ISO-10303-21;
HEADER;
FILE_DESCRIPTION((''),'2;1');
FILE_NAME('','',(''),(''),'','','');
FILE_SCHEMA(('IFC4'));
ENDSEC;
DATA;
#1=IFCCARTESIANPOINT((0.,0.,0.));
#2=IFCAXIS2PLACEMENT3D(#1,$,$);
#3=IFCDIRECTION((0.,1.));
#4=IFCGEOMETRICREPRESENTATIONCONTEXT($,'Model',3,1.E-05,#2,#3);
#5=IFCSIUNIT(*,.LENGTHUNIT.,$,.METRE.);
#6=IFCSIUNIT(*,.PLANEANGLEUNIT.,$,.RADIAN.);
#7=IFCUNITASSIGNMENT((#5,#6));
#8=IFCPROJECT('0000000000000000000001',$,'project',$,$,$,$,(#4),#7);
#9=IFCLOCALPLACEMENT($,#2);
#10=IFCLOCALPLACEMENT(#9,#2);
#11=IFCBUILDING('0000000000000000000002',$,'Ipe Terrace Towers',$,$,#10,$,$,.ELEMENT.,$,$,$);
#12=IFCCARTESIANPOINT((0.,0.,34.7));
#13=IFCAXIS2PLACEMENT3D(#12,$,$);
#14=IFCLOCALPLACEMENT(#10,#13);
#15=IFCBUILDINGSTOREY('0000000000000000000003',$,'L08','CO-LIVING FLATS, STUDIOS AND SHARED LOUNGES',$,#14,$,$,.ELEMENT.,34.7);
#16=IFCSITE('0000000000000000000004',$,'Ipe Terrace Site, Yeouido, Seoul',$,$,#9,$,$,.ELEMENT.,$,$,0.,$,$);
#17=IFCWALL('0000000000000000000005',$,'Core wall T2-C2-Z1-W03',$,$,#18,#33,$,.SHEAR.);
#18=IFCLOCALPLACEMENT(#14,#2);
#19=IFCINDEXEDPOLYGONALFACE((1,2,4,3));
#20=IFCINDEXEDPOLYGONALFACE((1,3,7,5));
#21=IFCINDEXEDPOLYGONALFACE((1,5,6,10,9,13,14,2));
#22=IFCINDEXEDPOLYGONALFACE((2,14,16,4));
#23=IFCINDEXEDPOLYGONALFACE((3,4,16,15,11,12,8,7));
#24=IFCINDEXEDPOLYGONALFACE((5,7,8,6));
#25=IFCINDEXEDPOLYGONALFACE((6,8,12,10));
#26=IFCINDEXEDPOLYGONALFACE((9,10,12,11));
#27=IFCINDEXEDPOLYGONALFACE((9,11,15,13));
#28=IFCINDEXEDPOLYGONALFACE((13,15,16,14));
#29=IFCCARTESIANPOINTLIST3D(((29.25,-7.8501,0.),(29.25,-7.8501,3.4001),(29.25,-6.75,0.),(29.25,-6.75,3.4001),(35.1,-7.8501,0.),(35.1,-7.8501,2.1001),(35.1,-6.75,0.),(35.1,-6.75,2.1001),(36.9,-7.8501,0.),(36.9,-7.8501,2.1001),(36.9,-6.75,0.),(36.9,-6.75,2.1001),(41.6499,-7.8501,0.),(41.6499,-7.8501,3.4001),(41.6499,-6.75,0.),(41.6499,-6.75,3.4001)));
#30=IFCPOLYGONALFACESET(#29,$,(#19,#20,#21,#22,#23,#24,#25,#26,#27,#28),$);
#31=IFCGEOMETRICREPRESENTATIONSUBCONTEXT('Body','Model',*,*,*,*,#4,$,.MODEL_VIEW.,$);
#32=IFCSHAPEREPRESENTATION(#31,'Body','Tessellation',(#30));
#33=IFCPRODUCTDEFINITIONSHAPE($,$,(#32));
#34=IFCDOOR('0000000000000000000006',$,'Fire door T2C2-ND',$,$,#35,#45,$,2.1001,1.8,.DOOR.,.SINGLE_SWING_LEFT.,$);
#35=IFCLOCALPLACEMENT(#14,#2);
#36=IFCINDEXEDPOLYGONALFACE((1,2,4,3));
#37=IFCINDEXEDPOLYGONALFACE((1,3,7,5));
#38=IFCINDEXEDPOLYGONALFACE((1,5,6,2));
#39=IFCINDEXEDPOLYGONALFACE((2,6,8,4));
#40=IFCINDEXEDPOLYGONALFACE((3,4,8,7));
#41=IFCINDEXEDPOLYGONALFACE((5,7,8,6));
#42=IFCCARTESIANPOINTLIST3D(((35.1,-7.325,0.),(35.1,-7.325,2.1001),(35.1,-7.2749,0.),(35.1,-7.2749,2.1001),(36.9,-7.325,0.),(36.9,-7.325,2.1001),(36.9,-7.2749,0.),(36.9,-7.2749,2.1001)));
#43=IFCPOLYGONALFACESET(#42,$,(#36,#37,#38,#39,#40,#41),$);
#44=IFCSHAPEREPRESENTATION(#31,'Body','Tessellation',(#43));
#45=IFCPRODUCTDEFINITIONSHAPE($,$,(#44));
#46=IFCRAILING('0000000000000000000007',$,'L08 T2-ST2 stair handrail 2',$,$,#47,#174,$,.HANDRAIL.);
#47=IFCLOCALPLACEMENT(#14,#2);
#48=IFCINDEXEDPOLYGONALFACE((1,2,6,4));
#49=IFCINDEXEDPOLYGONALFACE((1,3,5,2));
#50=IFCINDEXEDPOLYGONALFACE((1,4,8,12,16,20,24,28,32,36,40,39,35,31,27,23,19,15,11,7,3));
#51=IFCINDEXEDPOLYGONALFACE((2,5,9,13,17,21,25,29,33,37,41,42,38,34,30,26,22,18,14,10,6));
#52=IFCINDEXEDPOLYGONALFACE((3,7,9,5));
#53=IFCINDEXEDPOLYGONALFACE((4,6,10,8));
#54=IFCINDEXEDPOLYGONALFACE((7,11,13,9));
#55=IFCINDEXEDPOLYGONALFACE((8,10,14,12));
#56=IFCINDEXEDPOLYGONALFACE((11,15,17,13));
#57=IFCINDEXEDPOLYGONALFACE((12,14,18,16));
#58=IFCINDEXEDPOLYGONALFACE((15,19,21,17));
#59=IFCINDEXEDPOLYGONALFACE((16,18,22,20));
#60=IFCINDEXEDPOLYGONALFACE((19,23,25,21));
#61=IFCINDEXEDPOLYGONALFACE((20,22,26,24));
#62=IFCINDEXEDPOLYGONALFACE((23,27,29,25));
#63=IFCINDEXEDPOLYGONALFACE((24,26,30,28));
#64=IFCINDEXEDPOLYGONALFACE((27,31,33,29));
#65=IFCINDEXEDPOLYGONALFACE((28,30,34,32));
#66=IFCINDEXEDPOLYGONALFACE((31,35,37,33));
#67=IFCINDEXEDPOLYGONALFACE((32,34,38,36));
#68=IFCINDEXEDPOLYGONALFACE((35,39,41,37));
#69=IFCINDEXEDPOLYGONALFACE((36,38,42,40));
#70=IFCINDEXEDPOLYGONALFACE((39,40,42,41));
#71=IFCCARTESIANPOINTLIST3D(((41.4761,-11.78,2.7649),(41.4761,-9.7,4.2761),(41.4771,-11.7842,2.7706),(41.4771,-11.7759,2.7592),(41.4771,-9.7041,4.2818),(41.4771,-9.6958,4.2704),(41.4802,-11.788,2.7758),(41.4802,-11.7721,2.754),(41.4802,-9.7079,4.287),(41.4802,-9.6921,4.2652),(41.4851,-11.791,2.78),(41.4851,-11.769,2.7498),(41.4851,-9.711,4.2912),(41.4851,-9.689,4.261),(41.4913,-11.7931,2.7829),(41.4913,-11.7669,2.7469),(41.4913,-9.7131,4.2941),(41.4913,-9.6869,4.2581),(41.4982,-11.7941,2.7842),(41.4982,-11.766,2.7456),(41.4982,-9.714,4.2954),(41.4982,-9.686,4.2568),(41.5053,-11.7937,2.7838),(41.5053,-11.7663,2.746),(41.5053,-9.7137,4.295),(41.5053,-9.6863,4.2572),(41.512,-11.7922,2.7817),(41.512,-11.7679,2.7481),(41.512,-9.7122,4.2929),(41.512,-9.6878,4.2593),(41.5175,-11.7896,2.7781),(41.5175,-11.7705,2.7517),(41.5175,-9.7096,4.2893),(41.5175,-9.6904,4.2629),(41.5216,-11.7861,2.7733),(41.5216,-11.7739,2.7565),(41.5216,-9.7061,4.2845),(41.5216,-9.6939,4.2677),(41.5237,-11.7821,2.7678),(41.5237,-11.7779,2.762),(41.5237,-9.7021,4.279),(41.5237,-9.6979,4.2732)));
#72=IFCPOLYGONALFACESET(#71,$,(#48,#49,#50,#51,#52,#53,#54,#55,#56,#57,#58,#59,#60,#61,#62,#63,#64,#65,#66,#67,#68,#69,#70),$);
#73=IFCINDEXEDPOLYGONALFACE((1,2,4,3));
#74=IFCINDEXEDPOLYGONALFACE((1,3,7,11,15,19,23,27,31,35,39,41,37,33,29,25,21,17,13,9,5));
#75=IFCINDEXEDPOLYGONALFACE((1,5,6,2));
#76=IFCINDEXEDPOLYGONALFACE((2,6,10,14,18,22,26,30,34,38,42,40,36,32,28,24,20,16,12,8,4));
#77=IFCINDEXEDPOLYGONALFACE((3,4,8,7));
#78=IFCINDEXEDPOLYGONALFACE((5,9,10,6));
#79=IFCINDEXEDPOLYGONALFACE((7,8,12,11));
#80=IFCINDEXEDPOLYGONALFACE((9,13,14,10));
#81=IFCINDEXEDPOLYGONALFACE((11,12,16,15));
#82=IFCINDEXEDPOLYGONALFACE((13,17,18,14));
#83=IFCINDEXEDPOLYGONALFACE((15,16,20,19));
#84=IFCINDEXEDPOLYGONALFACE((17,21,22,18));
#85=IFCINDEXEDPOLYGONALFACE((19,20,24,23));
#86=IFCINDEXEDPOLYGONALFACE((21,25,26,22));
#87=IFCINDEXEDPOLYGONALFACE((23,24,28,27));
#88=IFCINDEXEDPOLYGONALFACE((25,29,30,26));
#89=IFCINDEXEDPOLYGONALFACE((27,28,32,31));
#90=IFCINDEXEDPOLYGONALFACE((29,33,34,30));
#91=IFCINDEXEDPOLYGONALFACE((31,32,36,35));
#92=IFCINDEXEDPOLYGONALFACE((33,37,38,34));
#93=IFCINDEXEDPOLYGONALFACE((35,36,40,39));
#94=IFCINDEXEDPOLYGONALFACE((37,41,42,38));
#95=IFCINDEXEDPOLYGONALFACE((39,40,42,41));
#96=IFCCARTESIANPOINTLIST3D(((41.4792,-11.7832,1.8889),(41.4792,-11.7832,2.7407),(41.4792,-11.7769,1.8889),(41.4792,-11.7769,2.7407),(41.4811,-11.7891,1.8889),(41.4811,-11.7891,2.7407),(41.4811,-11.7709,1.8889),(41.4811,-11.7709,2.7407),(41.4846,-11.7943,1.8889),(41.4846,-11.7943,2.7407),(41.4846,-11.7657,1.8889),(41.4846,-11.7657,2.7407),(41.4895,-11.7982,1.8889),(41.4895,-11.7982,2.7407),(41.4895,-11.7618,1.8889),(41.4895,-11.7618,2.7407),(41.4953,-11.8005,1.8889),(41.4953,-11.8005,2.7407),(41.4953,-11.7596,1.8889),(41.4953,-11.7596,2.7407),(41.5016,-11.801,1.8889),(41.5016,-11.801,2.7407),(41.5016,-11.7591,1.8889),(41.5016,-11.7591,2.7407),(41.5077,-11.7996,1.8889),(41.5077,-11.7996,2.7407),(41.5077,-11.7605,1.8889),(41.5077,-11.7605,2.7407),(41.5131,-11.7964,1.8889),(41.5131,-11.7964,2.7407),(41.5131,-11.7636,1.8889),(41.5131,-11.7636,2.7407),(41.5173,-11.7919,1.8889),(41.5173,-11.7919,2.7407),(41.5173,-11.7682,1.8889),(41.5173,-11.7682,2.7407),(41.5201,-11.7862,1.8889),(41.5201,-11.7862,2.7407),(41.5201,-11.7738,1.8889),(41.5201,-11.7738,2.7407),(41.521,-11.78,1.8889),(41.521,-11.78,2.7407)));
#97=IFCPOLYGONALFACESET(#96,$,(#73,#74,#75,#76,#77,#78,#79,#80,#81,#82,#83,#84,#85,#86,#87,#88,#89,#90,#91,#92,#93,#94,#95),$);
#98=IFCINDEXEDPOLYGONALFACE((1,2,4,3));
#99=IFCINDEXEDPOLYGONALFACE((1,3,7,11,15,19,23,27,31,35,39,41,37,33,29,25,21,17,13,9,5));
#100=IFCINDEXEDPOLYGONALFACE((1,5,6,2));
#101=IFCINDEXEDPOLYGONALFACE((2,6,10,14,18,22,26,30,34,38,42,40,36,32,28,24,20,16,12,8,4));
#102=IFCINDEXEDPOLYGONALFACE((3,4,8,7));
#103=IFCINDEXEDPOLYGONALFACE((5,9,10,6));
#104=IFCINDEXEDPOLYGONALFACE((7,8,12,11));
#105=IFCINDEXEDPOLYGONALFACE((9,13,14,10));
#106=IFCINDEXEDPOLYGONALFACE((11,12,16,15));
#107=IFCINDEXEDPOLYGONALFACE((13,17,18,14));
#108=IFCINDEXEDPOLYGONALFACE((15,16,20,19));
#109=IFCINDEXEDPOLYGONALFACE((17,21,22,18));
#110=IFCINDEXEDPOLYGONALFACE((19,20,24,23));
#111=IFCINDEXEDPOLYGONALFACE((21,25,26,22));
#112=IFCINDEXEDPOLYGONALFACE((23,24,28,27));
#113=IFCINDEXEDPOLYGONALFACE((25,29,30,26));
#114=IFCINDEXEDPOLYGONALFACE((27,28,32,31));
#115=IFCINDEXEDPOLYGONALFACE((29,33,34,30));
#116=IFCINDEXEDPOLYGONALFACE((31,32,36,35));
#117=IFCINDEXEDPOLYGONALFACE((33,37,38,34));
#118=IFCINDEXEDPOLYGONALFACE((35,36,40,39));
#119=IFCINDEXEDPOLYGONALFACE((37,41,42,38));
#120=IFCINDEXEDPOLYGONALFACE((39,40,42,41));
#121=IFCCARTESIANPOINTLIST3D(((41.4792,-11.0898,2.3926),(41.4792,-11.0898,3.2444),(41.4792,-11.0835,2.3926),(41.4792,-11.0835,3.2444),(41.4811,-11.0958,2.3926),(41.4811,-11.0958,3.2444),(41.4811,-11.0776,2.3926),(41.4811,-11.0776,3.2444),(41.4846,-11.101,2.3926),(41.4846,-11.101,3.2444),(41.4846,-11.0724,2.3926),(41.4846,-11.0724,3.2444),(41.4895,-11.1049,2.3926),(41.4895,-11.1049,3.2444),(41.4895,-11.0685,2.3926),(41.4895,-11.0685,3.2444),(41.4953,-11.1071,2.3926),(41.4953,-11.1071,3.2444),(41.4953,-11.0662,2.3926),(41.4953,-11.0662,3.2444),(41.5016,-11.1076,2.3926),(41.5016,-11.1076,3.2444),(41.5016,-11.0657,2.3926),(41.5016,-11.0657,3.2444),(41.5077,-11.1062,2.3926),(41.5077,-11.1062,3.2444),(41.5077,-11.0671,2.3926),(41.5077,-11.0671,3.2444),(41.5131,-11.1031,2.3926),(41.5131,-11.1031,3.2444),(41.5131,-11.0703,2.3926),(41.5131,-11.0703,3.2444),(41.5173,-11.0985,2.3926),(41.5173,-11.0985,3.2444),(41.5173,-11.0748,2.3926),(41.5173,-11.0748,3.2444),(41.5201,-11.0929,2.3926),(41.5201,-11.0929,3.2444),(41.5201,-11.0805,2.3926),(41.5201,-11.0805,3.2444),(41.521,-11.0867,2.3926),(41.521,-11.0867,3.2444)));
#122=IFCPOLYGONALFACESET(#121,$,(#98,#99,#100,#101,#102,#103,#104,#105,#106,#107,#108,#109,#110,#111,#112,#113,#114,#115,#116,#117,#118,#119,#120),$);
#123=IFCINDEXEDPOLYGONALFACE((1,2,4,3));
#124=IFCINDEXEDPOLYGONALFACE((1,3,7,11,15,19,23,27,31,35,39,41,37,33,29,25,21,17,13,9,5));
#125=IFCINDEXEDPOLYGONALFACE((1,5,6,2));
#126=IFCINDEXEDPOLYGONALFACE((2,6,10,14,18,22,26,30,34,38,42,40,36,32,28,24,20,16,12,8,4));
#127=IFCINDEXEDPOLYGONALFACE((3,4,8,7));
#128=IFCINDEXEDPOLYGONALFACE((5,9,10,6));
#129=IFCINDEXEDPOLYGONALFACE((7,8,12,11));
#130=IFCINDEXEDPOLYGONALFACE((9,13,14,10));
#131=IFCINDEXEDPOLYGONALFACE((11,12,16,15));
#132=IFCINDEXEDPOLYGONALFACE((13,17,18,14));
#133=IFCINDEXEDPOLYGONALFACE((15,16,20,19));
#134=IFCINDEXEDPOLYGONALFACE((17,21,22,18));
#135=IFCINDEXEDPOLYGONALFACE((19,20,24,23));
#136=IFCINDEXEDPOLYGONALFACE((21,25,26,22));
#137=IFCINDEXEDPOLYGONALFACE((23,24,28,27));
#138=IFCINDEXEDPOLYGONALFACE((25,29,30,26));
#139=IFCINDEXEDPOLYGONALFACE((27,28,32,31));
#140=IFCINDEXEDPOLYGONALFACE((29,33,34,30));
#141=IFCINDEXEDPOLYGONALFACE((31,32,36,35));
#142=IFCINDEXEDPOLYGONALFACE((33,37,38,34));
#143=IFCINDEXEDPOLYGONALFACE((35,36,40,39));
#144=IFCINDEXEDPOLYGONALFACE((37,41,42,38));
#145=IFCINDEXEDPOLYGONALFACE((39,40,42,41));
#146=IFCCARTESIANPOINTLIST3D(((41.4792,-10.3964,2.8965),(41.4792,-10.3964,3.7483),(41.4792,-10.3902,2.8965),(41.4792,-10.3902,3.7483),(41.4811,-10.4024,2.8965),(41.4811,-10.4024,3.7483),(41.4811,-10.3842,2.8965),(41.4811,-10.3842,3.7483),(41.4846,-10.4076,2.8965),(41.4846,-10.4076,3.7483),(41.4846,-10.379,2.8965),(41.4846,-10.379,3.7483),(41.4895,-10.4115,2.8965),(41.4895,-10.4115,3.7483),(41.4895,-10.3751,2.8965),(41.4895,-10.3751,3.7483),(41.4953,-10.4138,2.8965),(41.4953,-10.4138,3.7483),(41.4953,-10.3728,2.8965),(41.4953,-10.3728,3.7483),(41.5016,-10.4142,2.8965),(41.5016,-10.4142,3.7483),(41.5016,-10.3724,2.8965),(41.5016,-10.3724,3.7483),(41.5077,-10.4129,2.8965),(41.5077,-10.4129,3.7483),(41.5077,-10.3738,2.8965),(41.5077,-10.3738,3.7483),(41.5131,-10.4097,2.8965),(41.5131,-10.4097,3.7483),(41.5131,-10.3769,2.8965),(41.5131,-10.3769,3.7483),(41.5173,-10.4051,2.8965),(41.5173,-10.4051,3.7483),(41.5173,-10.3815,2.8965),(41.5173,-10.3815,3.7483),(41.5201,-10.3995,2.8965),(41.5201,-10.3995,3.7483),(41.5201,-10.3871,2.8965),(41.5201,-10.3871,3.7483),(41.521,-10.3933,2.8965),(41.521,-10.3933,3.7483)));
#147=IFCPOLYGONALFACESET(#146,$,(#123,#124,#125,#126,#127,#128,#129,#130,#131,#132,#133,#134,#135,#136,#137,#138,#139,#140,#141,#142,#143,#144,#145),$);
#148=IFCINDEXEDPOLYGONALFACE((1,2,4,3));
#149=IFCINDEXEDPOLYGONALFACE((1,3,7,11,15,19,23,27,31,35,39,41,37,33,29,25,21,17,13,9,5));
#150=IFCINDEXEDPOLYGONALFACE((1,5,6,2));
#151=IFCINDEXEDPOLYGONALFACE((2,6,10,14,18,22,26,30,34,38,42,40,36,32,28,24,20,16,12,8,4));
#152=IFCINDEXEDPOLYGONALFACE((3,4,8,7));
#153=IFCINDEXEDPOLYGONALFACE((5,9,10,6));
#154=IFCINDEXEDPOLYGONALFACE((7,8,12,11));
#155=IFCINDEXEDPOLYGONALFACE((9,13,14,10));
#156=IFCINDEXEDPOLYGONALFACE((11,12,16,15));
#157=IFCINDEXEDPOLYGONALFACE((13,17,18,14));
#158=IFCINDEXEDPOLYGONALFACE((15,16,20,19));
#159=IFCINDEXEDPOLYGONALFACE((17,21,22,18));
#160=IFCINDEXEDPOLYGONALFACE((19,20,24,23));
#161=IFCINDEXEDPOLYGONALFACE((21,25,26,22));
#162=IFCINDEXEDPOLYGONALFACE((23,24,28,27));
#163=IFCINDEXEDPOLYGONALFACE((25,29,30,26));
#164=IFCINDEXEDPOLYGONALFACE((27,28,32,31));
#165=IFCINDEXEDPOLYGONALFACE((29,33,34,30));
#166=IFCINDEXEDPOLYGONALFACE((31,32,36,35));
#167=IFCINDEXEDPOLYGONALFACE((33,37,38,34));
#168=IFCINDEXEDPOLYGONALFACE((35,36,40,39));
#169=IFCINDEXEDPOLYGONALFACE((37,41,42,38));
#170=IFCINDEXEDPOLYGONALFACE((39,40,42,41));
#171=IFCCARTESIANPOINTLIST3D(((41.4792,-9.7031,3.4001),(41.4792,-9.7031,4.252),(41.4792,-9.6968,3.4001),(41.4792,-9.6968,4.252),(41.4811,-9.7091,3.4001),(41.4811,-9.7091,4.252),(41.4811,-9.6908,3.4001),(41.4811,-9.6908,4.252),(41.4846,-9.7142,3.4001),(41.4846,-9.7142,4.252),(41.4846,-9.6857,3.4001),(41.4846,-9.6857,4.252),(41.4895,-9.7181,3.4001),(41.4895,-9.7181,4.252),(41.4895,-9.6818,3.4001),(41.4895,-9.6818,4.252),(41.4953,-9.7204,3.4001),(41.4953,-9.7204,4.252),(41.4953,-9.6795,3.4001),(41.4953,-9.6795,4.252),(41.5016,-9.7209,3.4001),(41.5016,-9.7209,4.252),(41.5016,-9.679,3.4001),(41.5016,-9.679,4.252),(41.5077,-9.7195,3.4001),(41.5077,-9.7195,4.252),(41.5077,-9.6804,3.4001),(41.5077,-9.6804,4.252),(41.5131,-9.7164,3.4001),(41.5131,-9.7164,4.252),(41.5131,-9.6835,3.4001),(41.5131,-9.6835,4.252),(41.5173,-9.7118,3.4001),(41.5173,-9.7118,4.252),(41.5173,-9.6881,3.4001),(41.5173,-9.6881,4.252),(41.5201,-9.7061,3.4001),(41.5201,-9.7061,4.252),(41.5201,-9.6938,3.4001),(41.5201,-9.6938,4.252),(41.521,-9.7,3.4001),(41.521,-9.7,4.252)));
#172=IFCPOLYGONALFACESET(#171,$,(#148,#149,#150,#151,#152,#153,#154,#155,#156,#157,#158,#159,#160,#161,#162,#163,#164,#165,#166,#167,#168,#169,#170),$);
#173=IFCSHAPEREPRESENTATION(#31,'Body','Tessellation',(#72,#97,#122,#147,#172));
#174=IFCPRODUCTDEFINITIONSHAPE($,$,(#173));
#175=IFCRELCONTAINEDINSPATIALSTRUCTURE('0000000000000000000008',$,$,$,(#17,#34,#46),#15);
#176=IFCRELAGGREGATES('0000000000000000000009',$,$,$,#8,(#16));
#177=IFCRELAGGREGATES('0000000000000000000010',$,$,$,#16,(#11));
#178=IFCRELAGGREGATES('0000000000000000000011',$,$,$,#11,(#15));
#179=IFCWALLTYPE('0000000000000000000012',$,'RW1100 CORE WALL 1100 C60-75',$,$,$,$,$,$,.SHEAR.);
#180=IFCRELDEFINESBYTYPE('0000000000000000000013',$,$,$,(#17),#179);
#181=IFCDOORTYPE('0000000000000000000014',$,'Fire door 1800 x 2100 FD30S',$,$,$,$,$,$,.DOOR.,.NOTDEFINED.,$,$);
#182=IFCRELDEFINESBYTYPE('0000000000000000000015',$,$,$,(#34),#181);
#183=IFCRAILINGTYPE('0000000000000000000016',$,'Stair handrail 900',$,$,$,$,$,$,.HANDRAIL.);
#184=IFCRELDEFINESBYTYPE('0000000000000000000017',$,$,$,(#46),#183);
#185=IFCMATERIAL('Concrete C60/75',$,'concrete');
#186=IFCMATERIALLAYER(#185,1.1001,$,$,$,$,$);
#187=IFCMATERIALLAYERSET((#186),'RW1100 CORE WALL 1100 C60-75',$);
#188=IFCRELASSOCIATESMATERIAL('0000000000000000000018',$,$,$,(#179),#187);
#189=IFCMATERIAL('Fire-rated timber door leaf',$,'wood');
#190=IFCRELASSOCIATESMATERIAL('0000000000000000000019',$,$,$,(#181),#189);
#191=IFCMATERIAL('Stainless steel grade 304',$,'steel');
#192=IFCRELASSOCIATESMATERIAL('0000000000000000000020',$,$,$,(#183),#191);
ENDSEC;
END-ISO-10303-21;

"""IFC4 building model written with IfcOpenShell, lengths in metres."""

from ifc_helpers import new_model, si_unit, direction, frame, frame_2d, origin, origin_2d, place, context, subcontext, project, spatial, rectangle, circle, extrude, material, layer, layer_set, type_object, element, fill, save


model = new_model("IFC4")

# Units and contexts
model_context = context("Model", 3, precision=1e-05, world=origin(), true_north=direction((0.0, 1.0)))
body_context = subcontext(model_context, "Body", "Model", "MODEL_VIEW")
ifc_project = project(units=[si_unit("LENGTHUNIT", "METRE"), si_unit("PLANEANGLEUNIT", "RADIAN")], contexts=[model_context])

# Site, building, storey
site_placement = place(None, origin())
site = spatial("IfcSite", under=ifc_project, at=site_placement, Name="Ipe Terrace Site, Yeouido, Seoul", CompositionType="ELEMENT", RefElevation=0.0)
building_placement = place(site_placement, origin())
building = spatial("IfcBuilding", under=site, at=building_placement, Name="Ipe Terrace Towers", CompositionType="ELEMENT")
storey_placement = place(building_placement, frame((0.0, 0.0, 34.7)))
storey = spatial("IfcBuildingStorey", under=building, at=storey_placement, Name="L08", Description="CO-LIVING FLATS, STUDIOS AND SHARED LOUNGES", CompositionType="ELEMENT", Elevation=34.7)

# Shared definitions
ifc_material_1 = material(Name="Concrete C60/75", Category="concrete")
ifc_layer_1 = layer(ifc_material_1, 1.1001)
ifc_layer_set_1 = layer_set([ifc_layer_1], Name="RW1100 CORE WALL 1100 C60-75")
wall_type_1 = type_object("IfcWallType", Name="RW1100 CORE WALL 1100 C60-75", PredefinedType="SHEAR", material=ifc_layer_set_1)

# Wall, opening, door
wall_1_placement = place(storey_placement, frame((41.6499, -7.3, 0.0), z_axis=(0.0, 0.0, 1.0), x_axis=(-1.0, 0.0, 0.0)))
wall_1 = element("IfcWall", 1, at=wall_1_placement, inside=storey, type_object=wall_type_1, Name="Core wall T2-C2-Z1-W03", PredefinedType="SHEAR", context=body_context, shape_type="SweptSolid", body=[
    extrude(rectangle(XDim=12.3999, YDim=1.1001, at=frame_2d((6.2, 0.0))), origin(), (0.0, 0.0, 1.0), 3.4001),
])
opening_1_placement = place(wall_1_placement, frame((4.75, 0.0, 0.0)))
opening_1 = element("IfcOpeningElement", 2, at=opening_1_placement, cuts=wall_1, PredefinedType="OPENING", context=body_context, shape_type="SweptSolid", body=[
    extrude(rectangle(XDim=1.8, YDim=2.1001, at=frame_2d((0.8999, 1.05))), frame((0.0, 0.5601, 0.0), z_axis=(0.0, -1.0, 0.0), x_axis=(1.0, 0.0, 0.0)), (0.0, 0.0, 1.0), 1.1201),
])
ifc_material_2 = material(Name="Fire-rated timber door leaf", Category="wood")
door_type_1 = type_object("IfcDoorType", Name="Fire door 1800 x 2100 FD30S", OperationType="NOTDEFINED", PredefinedType="DOOR", material=ifc_material_2)
door_1_placement = place(opening_1_placement, origin())
door_1 = element("IfcDoor", 3, at=door_1_placement, inside=storey, type_object=door_type_1, Name="Fire door T2C2-ND", OperationType="SINGLE_SWING_LEFT", OverallHeight=2.1001, OverallWidth=1.8, PredefinedType="DOOR", context=body_context, shape_type="SweptSolid", body=[
    extrude(rectangle(XDim=1.8, YDim=2.1001, at=frame_2d((0.8999, 1.05))), frame((0.0, 0.0249, 0.0), z_axis=(0.0, -1.0, 0.0), x_axis=(1.0, 0.0, 0.0)), (0.0, 0.0, 1.0), 0.05),
])
fill(opening_1, door_1)

# Railing
ifc_material_3 = material(Name="Stainless steel grade 304", Category="steel")
railing_type = type_object("IfcRailingType", Name="Stair handrail 900", PredefinedType="HANDRAIL", material=ifc_material_3)
railing_placement = place(storey_placement, frame((41.5, -11.78, 1.8889)))
element("IfcRailing", 4, at=railing_placement, inside=storey, type_object=railing_type, Name="L08 T2-ST2 stair handrail 2", PredefinedType="HANDRAIL", context=body_context, shape_type="SweptSolid", body=[
    extrude(circle(Radius=0.0239, at=origin_2d()), frame((0.0, 0.0, 0.876), z_axis=(0.0, 0.809023, 0.587776), x_axis=(-1.0, 0.0, 0.0)), (0.0, 0.0, 1.0), 2.571),
    extrude(circle(Radius=0.021, at=origin_2d()), origin(), (0.0, 0.0, 1.0), 0.8518),
    extrude(circle(Radius=0.021, at=origin_2d()), frame((0.0, 0.6934, 0.5037)), (0.0, 0.0, 1.0), 0.8518),
    extrude(circle(Radius=0.021, at=origin_2d()), frame((0.0, 1.3867, 1.0076)), (0.0, 0.0, 1.0), 0.8518),
    extrude(circle(Radius=0.021, at=origin_2d()), frame((0.0, 2.0801, 1.5112)), (0.0, 0.0, 1.0), 0.8518),
])

save(model, "model.ifc")
